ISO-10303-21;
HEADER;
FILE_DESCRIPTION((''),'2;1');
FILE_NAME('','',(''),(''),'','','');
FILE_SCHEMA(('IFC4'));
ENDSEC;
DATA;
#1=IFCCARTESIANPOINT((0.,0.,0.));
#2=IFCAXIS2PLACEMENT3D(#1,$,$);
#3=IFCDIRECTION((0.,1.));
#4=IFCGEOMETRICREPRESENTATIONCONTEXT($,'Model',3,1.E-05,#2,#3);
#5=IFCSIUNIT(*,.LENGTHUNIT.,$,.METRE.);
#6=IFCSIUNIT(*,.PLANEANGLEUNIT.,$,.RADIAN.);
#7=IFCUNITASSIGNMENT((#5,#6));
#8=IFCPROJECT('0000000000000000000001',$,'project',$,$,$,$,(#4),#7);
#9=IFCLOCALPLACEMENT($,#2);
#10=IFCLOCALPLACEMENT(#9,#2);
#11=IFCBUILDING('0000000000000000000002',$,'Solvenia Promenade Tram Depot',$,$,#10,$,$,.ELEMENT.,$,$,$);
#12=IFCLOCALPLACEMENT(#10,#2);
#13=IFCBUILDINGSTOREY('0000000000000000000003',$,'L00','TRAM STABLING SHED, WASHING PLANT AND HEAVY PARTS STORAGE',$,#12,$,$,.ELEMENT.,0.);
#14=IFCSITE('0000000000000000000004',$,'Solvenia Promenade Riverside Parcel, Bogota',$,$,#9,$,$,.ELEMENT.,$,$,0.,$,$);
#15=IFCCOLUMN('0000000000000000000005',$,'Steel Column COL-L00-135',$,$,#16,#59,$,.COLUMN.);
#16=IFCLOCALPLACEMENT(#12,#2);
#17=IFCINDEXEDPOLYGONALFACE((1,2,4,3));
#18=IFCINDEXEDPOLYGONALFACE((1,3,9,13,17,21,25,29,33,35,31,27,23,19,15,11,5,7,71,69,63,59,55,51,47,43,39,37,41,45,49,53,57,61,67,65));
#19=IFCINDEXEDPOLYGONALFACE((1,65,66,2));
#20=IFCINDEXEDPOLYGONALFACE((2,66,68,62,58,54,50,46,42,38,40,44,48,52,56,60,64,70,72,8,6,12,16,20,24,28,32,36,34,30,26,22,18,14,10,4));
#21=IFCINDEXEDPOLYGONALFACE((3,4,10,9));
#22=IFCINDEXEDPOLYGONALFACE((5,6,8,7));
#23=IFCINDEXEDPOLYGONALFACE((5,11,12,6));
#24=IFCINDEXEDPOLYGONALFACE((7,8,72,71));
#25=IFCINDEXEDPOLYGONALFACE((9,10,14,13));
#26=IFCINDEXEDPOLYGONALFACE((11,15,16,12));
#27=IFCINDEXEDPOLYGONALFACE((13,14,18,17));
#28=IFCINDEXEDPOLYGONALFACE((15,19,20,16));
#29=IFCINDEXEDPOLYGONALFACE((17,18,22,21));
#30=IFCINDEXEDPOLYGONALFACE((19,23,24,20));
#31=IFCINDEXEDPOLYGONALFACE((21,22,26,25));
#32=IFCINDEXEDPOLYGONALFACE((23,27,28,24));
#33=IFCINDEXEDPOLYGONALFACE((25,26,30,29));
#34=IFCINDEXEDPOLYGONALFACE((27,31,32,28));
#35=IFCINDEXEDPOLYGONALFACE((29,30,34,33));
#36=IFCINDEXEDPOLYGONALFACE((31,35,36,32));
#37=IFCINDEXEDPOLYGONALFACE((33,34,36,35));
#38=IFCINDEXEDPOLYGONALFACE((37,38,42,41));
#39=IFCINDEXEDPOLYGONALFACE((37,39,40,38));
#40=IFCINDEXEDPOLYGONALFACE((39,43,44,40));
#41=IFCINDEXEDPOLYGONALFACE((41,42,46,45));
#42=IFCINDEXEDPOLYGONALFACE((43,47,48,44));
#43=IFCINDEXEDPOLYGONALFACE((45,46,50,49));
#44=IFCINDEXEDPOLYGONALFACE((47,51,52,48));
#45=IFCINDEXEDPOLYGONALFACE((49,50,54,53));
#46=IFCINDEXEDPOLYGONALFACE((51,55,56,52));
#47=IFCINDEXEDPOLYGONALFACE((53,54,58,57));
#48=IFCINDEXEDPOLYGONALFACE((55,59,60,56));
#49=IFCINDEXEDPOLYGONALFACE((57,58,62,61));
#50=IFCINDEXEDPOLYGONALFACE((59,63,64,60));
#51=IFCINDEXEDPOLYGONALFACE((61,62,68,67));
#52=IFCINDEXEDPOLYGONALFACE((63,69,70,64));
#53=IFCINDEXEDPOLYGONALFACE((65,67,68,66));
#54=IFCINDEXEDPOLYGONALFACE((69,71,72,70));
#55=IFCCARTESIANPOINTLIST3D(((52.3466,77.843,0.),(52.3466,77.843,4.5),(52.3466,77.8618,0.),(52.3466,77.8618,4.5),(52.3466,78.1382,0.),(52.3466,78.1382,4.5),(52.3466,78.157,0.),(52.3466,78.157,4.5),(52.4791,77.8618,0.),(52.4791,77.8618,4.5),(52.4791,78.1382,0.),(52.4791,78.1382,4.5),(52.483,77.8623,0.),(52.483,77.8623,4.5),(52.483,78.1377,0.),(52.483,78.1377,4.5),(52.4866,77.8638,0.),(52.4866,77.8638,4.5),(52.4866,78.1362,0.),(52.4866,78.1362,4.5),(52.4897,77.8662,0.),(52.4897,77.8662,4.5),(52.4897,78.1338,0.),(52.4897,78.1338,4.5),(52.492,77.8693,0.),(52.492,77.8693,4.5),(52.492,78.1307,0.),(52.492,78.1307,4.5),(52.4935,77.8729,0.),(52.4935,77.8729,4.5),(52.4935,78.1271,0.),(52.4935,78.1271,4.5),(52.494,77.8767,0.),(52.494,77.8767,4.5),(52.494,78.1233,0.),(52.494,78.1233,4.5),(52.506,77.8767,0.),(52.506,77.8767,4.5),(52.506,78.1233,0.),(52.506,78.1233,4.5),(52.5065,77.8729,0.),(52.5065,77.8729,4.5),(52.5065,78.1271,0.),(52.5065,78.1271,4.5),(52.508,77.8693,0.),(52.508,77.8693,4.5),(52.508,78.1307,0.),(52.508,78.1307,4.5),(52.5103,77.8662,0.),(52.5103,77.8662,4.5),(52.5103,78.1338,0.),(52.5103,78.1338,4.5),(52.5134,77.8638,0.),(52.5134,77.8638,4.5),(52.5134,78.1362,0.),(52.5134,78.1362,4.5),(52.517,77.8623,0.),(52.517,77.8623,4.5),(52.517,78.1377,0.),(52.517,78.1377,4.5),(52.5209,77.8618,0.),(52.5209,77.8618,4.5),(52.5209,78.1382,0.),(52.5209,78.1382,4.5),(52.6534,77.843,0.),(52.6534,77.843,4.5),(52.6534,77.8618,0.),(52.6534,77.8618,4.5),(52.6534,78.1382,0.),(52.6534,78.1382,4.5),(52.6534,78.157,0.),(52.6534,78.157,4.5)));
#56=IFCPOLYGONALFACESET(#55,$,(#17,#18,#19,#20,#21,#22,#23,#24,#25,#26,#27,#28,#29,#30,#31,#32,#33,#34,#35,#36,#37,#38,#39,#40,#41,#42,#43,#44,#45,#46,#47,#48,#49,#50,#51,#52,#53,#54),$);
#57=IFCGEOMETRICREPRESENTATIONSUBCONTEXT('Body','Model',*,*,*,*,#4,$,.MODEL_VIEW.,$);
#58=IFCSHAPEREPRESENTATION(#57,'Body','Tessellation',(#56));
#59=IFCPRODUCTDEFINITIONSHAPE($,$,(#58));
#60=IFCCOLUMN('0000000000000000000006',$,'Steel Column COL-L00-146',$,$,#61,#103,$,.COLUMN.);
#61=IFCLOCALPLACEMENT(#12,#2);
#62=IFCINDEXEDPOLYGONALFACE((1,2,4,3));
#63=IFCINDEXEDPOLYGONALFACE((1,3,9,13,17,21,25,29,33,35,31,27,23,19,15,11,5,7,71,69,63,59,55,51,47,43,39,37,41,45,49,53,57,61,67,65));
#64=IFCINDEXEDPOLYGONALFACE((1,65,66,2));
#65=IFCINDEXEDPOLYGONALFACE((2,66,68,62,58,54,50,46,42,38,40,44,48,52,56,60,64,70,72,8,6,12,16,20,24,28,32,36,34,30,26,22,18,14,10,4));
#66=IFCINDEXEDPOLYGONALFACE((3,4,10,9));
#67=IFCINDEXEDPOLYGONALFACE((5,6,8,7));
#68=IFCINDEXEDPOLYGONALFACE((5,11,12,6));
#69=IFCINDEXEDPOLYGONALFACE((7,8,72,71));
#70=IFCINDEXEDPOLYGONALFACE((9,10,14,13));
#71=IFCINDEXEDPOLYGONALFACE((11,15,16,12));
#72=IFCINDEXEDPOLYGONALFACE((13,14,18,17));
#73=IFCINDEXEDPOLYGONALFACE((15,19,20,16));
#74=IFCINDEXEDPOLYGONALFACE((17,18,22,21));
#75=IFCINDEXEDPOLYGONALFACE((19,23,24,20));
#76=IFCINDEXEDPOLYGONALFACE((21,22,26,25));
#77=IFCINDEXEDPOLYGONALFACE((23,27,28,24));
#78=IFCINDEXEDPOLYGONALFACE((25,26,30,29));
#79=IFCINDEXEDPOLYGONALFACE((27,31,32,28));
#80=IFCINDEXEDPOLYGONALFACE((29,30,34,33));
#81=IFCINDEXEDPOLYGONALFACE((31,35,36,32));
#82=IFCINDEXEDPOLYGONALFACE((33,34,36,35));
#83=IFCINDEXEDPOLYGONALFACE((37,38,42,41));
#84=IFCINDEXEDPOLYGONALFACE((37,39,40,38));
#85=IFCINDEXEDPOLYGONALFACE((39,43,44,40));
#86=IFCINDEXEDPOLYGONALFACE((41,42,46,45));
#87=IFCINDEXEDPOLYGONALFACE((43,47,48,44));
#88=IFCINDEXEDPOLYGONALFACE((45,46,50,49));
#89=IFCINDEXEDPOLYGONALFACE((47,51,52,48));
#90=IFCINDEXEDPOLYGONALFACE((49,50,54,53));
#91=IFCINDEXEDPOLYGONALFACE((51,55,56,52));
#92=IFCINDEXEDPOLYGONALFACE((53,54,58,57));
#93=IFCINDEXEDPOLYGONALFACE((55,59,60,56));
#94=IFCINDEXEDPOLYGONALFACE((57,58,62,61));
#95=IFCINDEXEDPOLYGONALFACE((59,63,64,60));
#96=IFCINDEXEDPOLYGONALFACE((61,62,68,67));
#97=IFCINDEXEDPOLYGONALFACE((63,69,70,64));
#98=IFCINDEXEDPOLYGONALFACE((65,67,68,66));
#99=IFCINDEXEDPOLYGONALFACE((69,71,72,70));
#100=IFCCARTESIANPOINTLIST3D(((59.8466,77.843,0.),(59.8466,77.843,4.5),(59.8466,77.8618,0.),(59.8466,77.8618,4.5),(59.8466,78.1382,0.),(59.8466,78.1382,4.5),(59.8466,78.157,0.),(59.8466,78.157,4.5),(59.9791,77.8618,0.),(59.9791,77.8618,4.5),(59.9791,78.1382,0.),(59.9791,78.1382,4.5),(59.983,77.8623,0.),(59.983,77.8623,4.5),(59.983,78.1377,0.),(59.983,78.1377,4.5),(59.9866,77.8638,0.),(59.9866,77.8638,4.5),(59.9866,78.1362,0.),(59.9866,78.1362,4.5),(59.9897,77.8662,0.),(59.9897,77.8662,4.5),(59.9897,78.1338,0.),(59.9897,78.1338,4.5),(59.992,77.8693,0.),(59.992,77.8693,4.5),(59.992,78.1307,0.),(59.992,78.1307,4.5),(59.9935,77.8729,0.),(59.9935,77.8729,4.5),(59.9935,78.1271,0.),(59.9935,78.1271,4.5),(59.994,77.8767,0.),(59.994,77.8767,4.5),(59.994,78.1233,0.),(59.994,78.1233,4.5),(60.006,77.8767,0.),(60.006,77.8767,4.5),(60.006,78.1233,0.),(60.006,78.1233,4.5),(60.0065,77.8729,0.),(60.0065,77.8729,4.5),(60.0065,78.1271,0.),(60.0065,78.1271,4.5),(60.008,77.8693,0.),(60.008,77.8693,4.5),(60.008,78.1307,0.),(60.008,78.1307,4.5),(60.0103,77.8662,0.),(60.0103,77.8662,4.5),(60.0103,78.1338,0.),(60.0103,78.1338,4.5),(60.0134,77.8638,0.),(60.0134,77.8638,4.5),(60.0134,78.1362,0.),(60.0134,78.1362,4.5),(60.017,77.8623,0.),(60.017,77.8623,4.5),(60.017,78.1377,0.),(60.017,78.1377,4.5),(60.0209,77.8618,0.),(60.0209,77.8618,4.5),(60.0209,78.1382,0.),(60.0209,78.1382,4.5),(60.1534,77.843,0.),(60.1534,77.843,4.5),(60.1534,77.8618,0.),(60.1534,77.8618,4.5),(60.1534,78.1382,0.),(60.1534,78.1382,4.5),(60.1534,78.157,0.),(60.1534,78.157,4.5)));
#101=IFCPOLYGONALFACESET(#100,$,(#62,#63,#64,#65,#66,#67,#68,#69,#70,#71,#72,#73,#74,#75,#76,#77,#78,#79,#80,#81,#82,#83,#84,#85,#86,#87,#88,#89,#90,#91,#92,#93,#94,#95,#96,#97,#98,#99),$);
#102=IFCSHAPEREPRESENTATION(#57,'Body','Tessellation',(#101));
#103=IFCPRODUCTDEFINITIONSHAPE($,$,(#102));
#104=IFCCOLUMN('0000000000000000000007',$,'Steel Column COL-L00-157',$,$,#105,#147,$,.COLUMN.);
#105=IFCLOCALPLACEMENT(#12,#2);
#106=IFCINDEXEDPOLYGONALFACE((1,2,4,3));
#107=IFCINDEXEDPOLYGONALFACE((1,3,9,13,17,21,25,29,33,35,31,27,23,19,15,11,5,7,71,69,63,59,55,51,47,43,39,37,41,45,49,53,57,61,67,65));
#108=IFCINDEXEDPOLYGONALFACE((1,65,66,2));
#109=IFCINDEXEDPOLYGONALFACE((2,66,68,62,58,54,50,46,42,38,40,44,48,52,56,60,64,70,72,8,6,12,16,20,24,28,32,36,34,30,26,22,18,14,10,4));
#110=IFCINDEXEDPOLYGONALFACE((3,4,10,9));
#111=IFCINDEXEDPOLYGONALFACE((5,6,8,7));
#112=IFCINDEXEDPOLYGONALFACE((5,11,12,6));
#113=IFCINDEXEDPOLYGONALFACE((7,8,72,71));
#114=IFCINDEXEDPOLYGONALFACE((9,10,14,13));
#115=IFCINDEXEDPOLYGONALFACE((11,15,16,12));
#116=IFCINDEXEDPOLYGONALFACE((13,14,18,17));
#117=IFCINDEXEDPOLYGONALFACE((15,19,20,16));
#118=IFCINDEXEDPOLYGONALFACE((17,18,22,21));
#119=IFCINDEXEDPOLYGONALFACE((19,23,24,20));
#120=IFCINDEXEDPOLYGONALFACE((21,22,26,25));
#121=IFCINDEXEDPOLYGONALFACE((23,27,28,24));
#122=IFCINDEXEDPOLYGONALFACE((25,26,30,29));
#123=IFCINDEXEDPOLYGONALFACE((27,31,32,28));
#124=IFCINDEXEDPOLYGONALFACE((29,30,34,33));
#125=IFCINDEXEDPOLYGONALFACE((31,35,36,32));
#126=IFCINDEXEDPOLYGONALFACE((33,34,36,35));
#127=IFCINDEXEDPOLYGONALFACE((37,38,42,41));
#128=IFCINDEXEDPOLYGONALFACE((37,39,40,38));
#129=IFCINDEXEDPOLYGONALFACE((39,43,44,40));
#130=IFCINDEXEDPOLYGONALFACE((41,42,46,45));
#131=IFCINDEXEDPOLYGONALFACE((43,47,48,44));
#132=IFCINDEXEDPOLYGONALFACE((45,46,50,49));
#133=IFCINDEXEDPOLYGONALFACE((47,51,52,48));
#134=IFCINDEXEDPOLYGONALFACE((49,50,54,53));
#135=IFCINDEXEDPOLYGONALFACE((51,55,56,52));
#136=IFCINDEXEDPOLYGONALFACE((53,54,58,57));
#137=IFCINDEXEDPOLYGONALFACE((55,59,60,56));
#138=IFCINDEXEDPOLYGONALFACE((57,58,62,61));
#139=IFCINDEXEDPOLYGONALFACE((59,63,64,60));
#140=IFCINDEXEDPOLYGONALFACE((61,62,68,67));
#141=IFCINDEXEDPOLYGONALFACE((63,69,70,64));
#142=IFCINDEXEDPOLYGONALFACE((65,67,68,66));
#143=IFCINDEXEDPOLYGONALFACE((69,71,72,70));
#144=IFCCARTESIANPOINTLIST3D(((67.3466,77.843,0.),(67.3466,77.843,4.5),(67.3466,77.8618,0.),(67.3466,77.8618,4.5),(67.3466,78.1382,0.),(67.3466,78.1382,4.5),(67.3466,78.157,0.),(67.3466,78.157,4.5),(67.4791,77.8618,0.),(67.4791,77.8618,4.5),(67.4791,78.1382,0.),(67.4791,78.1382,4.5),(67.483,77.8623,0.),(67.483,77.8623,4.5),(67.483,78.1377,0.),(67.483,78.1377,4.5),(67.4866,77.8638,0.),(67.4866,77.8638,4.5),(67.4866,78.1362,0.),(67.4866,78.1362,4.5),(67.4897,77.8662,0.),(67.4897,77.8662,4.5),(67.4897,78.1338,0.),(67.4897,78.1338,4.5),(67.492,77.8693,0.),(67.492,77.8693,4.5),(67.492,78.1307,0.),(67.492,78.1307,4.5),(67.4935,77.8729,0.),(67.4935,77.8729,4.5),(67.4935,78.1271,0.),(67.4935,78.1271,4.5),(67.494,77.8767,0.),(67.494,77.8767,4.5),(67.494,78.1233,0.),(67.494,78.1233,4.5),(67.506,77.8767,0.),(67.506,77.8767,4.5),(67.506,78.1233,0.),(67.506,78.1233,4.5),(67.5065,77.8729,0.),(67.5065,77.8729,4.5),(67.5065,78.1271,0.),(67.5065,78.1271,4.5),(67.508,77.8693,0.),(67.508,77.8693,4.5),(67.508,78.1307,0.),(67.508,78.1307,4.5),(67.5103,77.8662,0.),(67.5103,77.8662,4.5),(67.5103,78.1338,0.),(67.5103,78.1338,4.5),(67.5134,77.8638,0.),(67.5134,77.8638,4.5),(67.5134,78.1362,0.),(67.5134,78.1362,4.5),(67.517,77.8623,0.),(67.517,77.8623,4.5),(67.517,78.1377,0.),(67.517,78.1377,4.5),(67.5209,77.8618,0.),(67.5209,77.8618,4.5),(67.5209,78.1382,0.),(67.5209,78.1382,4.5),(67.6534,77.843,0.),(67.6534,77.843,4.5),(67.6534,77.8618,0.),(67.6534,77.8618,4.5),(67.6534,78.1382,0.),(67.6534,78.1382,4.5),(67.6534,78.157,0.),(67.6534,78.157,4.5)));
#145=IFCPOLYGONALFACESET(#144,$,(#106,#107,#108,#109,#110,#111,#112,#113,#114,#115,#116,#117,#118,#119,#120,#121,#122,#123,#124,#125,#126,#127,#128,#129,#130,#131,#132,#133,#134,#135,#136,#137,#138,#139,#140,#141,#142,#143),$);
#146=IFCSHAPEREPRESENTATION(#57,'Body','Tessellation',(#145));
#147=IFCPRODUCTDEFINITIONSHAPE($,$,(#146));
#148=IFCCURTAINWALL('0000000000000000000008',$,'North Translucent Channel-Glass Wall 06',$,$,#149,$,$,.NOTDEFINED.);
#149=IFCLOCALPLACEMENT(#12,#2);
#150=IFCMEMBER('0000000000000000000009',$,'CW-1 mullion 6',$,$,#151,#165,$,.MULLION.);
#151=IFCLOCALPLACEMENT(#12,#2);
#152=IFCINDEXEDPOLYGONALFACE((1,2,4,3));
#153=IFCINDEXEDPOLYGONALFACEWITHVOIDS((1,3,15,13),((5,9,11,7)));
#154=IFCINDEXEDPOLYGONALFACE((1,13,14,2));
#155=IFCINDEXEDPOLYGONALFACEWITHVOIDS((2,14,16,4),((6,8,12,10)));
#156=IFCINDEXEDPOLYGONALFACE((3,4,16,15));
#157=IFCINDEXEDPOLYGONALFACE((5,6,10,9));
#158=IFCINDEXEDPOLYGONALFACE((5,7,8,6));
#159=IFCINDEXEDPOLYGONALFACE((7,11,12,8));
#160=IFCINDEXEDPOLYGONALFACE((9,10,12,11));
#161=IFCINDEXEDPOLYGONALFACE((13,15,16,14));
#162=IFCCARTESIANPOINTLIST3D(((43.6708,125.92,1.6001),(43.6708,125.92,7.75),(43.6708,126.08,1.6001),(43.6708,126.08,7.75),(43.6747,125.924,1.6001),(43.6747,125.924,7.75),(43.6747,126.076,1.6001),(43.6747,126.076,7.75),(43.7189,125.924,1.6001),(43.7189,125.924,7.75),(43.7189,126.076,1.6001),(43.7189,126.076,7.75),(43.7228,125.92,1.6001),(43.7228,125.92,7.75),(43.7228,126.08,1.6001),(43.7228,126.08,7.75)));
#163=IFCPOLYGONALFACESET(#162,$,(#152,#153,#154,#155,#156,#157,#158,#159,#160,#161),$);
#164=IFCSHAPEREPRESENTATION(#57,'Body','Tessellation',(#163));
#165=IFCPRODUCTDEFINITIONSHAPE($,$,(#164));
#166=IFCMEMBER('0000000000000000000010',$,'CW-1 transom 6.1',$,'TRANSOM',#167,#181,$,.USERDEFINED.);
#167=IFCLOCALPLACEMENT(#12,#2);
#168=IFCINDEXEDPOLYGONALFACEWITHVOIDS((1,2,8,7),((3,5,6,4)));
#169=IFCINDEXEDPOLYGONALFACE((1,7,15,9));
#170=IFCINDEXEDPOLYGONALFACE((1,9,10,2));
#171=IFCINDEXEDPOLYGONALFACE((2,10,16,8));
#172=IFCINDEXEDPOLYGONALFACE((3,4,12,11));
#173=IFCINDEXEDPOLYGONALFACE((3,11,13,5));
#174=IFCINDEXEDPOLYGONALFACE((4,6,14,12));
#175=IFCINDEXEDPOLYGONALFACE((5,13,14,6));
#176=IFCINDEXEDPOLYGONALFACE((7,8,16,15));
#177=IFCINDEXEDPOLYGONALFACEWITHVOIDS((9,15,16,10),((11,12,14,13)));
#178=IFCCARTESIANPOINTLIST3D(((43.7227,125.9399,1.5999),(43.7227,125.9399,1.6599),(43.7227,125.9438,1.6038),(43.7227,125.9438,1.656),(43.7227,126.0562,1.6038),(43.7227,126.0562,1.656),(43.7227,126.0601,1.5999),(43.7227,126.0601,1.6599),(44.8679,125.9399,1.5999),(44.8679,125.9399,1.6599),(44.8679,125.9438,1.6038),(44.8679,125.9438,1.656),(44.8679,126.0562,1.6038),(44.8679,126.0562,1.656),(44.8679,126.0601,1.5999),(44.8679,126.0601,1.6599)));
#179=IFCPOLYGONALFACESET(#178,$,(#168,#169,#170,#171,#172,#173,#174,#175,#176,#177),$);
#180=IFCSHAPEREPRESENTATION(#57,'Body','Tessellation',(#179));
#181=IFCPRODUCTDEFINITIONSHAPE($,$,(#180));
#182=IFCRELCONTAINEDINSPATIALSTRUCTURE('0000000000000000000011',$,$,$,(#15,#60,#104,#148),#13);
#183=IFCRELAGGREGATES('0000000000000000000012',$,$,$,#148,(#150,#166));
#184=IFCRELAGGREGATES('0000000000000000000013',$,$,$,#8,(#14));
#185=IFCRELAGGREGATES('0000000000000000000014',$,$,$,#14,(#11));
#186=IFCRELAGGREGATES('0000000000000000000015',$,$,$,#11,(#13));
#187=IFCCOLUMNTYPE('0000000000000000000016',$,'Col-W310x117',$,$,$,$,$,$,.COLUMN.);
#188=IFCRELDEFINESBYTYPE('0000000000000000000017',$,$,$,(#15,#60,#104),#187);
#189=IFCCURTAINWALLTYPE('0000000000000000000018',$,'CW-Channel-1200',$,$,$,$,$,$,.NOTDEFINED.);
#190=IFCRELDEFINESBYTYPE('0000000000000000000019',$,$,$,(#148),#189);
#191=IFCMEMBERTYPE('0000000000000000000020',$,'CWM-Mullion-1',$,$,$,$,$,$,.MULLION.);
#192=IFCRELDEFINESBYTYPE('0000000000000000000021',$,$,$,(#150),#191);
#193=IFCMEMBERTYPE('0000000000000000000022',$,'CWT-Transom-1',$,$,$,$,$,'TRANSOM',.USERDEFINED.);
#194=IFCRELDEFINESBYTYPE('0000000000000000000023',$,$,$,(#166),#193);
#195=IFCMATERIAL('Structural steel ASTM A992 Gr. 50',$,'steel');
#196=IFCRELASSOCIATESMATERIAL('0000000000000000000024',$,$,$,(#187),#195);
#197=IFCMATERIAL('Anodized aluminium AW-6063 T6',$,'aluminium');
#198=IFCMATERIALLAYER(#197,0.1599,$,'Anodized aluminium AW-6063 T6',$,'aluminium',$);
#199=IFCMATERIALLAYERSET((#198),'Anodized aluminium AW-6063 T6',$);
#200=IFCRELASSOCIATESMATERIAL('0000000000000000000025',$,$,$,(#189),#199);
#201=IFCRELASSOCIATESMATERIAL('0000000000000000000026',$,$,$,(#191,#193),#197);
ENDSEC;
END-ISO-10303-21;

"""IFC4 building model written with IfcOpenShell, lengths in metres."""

from ifc_helpers import new_model, si_unit, direction, frame, origin, origin_2d, place, context, subcontext, project, spatial, hollow_rectangle, i_section, extrude, material, layer, layer_set, material_profile, profile_set, type_object, element, aggregate, save


model = new_model("IFC4")

# Units and contexts
model_context = context("Model", 3, precision=1e-05, world=origin(), true_north=direction((0.0, 1.0)))
body_context = subcontext(model_context, "Body", "Model", "MODEL_VIEW")
ifc_project = project(units=[si_unit("LENGTHUNIT", "METRE"), si_unit("PLANEANGLEUNIT", "RADIAN")], contexts=[model_context])

# Site, building, storey
site_placement = place(None, origin())
site = spatial("IfcSite", under=ifc_project, at=site_placement, Name="Solvenia Promenade Riverside Parcel, Bogota", CompositionType="ELEMENT", RefElevation=0.0)
building_placement = place(site_placement, origin())
building = spatial("IfcBuilding", under=site, at=building_placement, Name="Solvenia Promenade Tram Depot", CompositionType="ELEMENT")
storey_placement = place(building_placement, origin())
storey = spatial("IfcBuildingStorey", under=building, at=storey_placement, Name="L00", Description="TRAM STABLING SHED, WASHING PLANT AND HEAVY PARTS STORAGE", CompositionType="ELEMENT", Elevation=0.0)

# Columns
ifc_material_1 = material(Name="Structural steel ASTM A992 Gr. 50", Category="steel")
ifc_material_profile_1 = material_profile(ifc_material_1, i_section(OverallWidth=0.3069, OverallDepth=0.314, WebThickness=0.012, FlangeThickness=0.0188, FilletRadius=0.0149, at=origin_2d()), Name="W310x117", Category="steel")
ifc_profile_set_1 = profile_set([ifc_material_profile_1], Name="Structural steel ASTM A992 Gr. 50")
column_type = type_object("IfcColumnType", Name="Col-W310x117", PredefinedType="COLUMN", material=ifc_profile_set_1)
for number, where, z_axis, x_axis, name in (
    (1, (52.5, 78.0, 0.0), (0.0, 0.0, 1.0), (1.0, 0.0, 0.0), "Steel Column COL-L00-135"),
    (2, (60.0, 78.0, 0.0), (0.0, 0.0, 1.0), (1.0, 0.0, 0.0), "Steel Column COL-L00-146"),
    (3, (67.5, 78.0, 0.0), (0.0, 0.0, 1.0), (1.0, 0.0, 0.0), "Steel Column COL-L00-157"),
):
    element("IfcColumn", number, at=place(storey_placement, frame(where, z_axis=z_axis, x_axis=x_axis)), inside=storey, type_object=column_type, Name=name, PredefinedType="COLUMN", context=body_context, shape_type="SweptSolid", body=[
        extrude(i_section(OverallWidth=0.3069, OverallDepth=0.314, WebThickness=0.012, FlangeThickness=0.0188, FilletRadius=0.0149, at=origin_2d()), origin(), (0.0, 0.0, 1.0), 4.5),
    ])

# Curtain wall, members
ifc_material_2 = material(Name="Anodized aluminium AW-6063 T6", Category="aluminium")
ifc_layer = layer(ifc_material_2, 0.1599, Name="Anodized aluminium AW-6063 T6", Category="aluminium")
ifc_layer_set = layer_set([ifc_layer], Name="Anodized aluminium AW-6063 T6")
curtain_wall_type = type_object("IfcCurtainWallType", Name="CW-Channel-1200", PredefinedType="NOTDEFINED", material=ifc_layer_set)
curtain_wall_placement = place(storey_placement, origin())
curtain_wall = element("IfcCurtainWall", 4, at=curtain_wall_placement, inside=storey, type_object=curtain_wall_type, Name="North Translucent Channel-Glass Wall 06", PredefinedType="NOTDEFINED")
ifc_material_profile_2 = material_profile(ifc_material_2, hollow_rectangle(XDim=0.1599, YDim=0.052, WallThickness=0.0039, at=origin_2d()), Name="ALU-M1", Category="aluminium")
ifc_profile_set_2 = profile_set([ifc_material_profile_2], Name="Anodized aluminium AW-6063 T6")
member_type_1 = type_object("IfcMemberType", Name="CWM-Mullion-1", PredefinedType="MULLION", material=ifc_profile_set_2)
member_1_placement = place(storey_placement, frame((43.6968, 126.0, 1.6001), z_axis=(0.0, 0.0, 1.0), x_axis=(0.0, 1.0, 0.0)))
member_1 = element("IfcMember", 5, at=member_1_placement, type_object=member_type_1, Name="CW-1 mullion 6", PredefinedType="MULLION", context=body_context, shape_type="SweptSolid", body=[
    extrude(hollow_rectangle(XDim=0.1599, YDim=0.052, WallThickness=0.0039, at=origin_2d()), origin(), (0.0, 0.0, 1.0), 6.1499),
])
ifc_material_profile_3 = material_profile(ifc_material_2, hollow_rectangle(XDim=0.1201, YDim=0.0601, WallThickness=0.0039, at=origin_2d()), Name="ALU-T1", Category="aluminium")
ifc_profile_set_3 = profile_set([ifc_material_profile_3], Name="Anodized aluminium AW-6063 T6")
member_type_2 = type_object("IfcMemberType", Name="CWT-Transom-1", ElementType="TRANSOM", PredefinedType="USERDEFINED", material=ifc_profile_set_3)
member_2_placement = place(storey_placement, frame((43.7227, 126.0, 1.6299), z_axis=(1.0, 0.0, 0.0), x_axis=(0.0, 1.0, 0.0)))
member_2 = element("IfcMember", 6, at=member_2_placement, type_object=member_type_2, Name="CW-1 transom 6.1", ObjectType="TRANSOM", PredefinedType="USERDEFINED", context=body_context, shape_type="SweptSolid", body=[
    extrude(hollow_rectangle(XDim=0.1201, YDim=0.0601, WallThickness=0.0039, at=origin_2d()), origin(), (0.0, 0.0, 1.0), 1.1453),
])
aggregate(curtain_wall, [member_1, member_2])

save(model, "model.ifc")
